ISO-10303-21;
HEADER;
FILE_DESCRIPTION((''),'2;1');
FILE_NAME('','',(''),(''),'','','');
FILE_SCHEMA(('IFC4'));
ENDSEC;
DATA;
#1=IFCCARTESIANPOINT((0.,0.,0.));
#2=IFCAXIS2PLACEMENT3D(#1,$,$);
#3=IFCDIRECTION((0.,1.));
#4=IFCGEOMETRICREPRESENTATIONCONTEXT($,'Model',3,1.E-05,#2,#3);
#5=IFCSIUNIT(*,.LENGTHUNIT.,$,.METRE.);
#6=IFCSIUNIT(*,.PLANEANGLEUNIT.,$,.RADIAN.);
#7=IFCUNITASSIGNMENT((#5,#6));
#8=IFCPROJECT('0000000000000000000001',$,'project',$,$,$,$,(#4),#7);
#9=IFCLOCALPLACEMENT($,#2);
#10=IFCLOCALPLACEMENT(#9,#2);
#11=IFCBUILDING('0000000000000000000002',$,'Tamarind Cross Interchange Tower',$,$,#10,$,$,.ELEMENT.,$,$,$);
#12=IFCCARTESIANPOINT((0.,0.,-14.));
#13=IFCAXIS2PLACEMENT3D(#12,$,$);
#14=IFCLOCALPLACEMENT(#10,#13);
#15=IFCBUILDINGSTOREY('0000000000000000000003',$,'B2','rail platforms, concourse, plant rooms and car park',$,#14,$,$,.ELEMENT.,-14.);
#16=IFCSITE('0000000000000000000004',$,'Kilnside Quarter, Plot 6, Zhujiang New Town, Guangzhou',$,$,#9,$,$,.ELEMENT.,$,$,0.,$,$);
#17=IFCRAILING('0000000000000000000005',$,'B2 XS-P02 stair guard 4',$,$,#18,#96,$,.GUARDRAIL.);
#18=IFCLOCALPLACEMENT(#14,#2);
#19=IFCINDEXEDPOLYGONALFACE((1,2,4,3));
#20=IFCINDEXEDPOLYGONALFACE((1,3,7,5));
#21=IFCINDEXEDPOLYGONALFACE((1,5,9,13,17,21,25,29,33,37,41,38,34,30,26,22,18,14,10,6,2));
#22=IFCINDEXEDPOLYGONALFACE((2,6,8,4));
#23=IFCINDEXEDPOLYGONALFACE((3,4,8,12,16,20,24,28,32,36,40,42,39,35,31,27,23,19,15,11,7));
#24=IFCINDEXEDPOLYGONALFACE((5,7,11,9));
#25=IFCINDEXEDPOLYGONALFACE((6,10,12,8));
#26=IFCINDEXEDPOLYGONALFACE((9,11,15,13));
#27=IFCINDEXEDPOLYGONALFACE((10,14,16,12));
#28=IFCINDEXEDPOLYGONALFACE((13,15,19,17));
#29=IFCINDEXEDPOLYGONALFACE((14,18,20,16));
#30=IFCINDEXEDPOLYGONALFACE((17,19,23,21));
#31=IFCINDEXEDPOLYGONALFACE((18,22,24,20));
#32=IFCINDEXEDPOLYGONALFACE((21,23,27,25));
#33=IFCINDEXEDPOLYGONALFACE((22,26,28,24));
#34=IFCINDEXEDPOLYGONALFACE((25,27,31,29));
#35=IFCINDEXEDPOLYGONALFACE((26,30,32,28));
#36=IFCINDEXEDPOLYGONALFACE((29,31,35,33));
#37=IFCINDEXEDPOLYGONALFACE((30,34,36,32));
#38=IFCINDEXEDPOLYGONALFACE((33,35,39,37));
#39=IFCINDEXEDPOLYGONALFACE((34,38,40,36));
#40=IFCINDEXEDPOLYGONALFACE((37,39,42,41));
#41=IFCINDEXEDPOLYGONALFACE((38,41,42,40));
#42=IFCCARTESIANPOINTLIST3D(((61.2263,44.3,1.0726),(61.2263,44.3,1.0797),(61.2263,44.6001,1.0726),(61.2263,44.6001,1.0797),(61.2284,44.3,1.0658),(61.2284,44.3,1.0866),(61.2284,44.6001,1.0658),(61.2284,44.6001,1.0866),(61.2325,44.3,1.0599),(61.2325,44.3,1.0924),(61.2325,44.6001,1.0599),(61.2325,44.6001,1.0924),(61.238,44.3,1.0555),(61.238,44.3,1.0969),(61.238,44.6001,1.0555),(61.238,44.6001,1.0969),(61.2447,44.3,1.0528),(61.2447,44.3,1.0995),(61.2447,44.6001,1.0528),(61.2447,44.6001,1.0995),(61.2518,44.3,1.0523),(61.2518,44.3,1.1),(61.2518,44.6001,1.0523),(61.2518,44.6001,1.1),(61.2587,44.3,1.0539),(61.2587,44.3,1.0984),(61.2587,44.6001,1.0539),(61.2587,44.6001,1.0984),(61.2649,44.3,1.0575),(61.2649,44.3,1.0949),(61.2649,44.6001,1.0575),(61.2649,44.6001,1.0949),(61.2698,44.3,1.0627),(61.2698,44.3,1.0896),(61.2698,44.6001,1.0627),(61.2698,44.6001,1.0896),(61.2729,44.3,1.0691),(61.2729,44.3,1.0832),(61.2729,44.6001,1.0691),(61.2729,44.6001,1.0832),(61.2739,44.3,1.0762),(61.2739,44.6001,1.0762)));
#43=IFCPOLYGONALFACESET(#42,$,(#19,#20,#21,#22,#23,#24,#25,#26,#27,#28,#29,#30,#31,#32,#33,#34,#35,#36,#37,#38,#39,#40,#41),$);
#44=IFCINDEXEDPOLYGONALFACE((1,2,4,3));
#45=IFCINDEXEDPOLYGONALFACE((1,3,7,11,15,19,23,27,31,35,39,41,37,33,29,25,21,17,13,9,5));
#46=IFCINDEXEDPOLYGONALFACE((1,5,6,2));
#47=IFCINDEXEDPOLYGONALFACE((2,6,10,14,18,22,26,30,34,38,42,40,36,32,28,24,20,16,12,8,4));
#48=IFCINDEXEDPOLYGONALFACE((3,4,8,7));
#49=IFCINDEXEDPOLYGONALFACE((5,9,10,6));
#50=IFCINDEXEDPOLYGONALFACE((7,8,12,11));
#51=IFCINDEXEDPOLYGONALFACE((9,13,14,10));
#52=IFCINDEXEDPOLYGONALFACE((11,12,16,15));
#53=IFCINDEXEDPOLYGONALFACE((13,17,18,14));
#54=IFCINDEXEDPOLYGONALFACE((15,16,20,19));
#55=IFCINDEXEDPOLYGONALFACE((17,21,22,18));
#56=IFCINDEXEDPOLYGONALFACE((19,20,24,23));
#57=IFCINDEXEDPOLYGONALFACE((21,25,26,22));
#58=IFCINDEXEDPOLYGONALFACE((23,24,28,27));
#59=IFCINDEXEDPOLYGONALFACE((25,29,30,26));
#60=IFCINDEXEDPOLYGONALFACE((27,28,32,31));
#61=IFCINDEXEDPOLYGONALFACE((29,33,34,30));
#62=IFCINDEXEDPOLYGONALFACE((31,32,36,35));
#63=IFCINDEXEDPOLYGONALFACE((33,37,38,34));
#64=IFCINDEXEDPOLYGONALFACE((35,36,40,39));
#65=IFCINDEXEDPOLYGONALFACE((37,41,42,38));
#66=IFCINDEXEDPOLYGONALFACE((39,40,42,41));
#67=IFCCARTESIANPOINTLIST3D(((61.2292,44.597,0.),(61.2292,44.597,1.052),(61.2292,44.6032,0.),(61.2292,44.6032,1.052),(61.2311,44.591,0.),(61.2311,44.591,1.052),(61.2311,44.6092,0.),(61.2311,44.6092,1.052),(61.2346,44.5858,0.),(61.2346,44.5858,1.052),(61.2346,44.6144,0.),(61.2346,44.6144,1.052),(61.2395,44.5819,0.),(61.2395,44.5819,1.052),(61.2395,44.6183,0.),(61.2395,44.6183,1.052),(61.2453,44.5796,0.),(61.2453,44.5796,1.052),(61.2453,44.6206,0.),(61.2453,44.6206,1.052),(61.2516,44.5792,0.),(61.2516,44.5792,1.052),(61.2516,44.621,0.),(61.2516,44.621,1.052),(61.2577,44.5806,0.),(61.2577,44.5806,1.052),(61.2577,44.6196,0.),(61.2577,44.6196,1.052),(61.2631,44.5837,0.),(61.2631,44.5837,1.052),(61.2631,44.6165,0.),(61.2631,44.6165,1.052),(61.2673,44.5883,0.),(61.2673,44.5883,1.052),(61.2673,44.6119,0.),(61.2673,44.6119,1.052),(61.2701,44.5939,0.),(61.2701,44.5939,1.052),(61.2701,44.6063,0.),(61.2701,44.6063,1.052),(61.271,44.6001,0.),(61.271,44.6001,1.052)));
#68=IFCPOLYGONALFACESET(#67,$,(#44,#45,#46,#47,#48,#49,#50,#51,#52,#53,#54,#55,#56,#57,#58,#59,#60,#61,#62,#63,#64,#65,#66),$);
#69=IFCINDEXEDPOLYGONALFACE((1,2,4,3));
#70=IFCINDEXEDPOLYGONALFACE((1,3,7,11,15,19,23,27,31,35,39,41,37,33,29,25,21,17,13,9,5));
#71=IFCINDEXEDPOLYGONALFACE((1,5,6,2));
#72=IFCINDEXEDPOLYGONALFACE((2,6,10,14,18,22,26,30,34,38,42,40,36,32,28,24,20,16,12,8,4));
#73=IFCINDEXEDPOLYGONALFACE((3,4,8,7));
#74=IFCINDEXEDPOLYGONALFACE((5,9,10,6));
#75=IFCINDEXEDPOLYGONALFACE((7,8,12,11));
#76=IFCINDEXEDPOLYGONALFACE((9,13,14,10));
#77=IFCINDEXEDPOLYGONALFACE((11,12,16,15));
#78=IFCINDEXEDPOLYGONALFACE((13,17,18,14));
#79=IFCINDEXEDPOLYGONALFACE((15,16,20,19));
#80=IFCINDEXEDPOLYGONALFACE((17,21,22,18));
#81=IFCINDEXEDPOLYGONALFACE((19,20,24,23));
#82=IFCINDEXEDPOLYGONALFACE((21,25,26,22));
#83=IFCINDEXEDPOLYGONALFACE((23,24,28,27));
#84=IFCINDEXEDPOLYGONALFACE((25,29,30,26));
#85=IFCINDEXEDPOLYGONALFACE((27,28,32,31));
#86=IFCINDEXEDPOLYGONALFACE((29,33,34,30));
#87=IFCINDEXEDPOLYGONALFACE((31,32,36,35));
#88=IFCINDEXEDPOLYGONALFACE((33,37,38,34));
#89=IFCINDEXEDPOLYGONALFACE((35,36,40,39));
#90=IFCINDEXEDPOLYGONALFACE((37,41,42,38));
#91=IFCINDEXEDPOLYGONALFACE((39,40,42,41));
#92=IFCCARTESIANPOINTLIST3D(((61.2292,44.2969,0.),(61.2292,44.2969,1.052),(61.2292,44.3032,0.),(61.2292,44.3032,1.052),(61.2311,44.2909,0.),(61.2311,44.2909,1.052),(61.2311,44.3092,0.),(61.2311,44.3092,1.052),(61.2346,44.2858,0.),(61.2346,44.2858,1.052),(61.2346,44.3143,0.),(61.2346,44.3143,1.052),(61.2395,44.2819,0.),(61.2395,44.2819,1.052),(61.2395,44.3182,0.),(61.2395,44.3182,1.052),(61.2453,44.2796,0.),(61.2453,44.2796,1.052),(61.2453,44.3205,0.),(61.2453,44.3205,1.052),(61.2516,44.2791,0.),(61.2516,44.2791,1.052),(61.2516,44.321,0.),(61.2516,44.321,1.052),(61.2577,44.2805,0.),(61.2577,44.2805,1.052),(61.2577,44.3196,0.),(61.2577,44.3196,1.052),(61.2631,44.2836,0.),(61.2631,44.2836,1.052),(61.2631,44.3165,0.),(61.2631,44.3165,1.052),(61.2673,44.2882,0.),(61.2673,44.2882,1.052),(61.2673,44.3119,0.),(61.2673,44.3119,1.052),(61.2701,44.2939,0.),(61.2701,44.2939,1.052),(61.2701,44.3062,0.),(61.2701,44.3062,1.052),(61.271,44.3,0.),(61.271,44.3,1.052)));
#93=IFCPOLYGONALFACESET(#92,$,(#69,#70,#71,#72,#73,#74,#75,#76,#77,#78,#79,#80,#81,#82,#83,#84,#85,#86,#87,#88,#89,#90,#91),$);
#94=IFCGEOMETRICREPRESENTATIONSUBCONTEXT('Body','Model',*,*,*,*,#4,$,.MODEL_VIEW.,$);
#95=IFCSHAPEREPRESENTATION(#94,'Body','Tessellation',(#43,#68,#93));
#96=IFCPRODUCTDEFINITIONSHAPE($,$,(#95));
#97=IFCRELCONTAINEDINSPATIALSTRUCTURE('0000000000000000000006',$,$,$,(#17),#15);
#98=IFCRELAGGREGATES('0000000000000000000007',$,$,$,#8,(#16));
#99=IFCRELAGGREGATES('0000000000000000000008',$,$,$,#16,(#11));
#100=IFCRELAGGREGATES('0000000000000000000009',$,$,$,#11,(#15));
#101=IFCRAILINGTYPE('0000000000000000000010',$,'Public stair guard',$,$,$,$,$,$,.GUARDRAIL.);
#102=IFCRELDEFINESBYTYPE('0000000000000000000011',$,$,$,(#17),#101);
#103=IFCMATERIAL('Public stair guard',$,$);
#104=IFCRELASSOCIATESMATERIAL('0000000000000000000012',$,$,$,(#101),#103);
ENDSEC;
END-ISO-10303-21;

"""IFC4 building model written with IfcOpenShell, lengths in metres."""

from ifc_helpers import new_model, si_unit, direction, frame, origin, origin_2d, place, context, subcontext, project, spatial, circle, extrude, material, type_object, element, save


model = new_model("IFC4")

# Units and contexts
model_context = context("Model", 3, precision=1e-05, world=origin(), true_north=direction((0.0, 1.0)))
body_context = subcontext(model_context, "Body", "Model", "MODEL_VIEW")
ifc_project = project(units=[si_unit("LENGTHUNIT", "METRE"), si_unit("PLANEANGLEUNIT", "RADIAN")], contexts=[model_context])

# Site, building, storey
site_placement = place(None, origin())
site = spatial("IfcSite", under=ifc_project, at=site_placement, Name="Kilnside Quarter, Plot 6, Zhujiang New Town, Guangzhou", CompositionType="ELEMENT", RefElevation=0.0)
building_placement = place(site_placement, origin())
building = spatial("IfcBuilding", under=site, at=building_placement, Name="Tamarind Cross Interchange Tower", CompositionType="ELEMENT")
storey_placement = place(building_placement, frame((0.0, 0.0, -14.0)))
storey = spatial("IfcBuildingStorey", under=building, at=storey_placement, Name="B2", Description="rail platforms, concourse, plant rooms and car park", CompositionType="ELEMENT", Elevation=-14.0)

# Railing
ifc_material_1 = material(Name="Public stair guard")
railing_type_1 = type_object("IfcRailingType", Name="Public stair guard", PredefinedType="GUARDRAIL", material=ifc_material_1)
railing_1_placement = place(storey_placement, frame((61.25, 44.6001, 0.0)))
element("IfcRailing", 1, at=railing_1_placement, inside=storey, type_object=railing_type_1, Name="B2 XS-P02 stair guard 4", PredefinedType="GUARDRAIL", context=body_context, shape_type="SweptSolid", body=[
    extrude(circle(Radius=0.0239, at=origin_2d()), frame((0.0, 0.0, 1.0762), z_axis=(0.0, -1.0, 0.0), x_axis=(1.0, 0.0, 0.0)), (0.0, 0.0, 1.0), 0.3),
    extrude(circle(Radius=0.021, at=origin_2d()), origin(), (0.0, 0.0, 1.0), 1.052),
    extrude(circle(Radius=0.021, at=origin_2d()), frame((0.0, -0.3, 0.0)), (0.0, 0.0, 1.0), 1.052),
])

save(model, "model.ifc")
